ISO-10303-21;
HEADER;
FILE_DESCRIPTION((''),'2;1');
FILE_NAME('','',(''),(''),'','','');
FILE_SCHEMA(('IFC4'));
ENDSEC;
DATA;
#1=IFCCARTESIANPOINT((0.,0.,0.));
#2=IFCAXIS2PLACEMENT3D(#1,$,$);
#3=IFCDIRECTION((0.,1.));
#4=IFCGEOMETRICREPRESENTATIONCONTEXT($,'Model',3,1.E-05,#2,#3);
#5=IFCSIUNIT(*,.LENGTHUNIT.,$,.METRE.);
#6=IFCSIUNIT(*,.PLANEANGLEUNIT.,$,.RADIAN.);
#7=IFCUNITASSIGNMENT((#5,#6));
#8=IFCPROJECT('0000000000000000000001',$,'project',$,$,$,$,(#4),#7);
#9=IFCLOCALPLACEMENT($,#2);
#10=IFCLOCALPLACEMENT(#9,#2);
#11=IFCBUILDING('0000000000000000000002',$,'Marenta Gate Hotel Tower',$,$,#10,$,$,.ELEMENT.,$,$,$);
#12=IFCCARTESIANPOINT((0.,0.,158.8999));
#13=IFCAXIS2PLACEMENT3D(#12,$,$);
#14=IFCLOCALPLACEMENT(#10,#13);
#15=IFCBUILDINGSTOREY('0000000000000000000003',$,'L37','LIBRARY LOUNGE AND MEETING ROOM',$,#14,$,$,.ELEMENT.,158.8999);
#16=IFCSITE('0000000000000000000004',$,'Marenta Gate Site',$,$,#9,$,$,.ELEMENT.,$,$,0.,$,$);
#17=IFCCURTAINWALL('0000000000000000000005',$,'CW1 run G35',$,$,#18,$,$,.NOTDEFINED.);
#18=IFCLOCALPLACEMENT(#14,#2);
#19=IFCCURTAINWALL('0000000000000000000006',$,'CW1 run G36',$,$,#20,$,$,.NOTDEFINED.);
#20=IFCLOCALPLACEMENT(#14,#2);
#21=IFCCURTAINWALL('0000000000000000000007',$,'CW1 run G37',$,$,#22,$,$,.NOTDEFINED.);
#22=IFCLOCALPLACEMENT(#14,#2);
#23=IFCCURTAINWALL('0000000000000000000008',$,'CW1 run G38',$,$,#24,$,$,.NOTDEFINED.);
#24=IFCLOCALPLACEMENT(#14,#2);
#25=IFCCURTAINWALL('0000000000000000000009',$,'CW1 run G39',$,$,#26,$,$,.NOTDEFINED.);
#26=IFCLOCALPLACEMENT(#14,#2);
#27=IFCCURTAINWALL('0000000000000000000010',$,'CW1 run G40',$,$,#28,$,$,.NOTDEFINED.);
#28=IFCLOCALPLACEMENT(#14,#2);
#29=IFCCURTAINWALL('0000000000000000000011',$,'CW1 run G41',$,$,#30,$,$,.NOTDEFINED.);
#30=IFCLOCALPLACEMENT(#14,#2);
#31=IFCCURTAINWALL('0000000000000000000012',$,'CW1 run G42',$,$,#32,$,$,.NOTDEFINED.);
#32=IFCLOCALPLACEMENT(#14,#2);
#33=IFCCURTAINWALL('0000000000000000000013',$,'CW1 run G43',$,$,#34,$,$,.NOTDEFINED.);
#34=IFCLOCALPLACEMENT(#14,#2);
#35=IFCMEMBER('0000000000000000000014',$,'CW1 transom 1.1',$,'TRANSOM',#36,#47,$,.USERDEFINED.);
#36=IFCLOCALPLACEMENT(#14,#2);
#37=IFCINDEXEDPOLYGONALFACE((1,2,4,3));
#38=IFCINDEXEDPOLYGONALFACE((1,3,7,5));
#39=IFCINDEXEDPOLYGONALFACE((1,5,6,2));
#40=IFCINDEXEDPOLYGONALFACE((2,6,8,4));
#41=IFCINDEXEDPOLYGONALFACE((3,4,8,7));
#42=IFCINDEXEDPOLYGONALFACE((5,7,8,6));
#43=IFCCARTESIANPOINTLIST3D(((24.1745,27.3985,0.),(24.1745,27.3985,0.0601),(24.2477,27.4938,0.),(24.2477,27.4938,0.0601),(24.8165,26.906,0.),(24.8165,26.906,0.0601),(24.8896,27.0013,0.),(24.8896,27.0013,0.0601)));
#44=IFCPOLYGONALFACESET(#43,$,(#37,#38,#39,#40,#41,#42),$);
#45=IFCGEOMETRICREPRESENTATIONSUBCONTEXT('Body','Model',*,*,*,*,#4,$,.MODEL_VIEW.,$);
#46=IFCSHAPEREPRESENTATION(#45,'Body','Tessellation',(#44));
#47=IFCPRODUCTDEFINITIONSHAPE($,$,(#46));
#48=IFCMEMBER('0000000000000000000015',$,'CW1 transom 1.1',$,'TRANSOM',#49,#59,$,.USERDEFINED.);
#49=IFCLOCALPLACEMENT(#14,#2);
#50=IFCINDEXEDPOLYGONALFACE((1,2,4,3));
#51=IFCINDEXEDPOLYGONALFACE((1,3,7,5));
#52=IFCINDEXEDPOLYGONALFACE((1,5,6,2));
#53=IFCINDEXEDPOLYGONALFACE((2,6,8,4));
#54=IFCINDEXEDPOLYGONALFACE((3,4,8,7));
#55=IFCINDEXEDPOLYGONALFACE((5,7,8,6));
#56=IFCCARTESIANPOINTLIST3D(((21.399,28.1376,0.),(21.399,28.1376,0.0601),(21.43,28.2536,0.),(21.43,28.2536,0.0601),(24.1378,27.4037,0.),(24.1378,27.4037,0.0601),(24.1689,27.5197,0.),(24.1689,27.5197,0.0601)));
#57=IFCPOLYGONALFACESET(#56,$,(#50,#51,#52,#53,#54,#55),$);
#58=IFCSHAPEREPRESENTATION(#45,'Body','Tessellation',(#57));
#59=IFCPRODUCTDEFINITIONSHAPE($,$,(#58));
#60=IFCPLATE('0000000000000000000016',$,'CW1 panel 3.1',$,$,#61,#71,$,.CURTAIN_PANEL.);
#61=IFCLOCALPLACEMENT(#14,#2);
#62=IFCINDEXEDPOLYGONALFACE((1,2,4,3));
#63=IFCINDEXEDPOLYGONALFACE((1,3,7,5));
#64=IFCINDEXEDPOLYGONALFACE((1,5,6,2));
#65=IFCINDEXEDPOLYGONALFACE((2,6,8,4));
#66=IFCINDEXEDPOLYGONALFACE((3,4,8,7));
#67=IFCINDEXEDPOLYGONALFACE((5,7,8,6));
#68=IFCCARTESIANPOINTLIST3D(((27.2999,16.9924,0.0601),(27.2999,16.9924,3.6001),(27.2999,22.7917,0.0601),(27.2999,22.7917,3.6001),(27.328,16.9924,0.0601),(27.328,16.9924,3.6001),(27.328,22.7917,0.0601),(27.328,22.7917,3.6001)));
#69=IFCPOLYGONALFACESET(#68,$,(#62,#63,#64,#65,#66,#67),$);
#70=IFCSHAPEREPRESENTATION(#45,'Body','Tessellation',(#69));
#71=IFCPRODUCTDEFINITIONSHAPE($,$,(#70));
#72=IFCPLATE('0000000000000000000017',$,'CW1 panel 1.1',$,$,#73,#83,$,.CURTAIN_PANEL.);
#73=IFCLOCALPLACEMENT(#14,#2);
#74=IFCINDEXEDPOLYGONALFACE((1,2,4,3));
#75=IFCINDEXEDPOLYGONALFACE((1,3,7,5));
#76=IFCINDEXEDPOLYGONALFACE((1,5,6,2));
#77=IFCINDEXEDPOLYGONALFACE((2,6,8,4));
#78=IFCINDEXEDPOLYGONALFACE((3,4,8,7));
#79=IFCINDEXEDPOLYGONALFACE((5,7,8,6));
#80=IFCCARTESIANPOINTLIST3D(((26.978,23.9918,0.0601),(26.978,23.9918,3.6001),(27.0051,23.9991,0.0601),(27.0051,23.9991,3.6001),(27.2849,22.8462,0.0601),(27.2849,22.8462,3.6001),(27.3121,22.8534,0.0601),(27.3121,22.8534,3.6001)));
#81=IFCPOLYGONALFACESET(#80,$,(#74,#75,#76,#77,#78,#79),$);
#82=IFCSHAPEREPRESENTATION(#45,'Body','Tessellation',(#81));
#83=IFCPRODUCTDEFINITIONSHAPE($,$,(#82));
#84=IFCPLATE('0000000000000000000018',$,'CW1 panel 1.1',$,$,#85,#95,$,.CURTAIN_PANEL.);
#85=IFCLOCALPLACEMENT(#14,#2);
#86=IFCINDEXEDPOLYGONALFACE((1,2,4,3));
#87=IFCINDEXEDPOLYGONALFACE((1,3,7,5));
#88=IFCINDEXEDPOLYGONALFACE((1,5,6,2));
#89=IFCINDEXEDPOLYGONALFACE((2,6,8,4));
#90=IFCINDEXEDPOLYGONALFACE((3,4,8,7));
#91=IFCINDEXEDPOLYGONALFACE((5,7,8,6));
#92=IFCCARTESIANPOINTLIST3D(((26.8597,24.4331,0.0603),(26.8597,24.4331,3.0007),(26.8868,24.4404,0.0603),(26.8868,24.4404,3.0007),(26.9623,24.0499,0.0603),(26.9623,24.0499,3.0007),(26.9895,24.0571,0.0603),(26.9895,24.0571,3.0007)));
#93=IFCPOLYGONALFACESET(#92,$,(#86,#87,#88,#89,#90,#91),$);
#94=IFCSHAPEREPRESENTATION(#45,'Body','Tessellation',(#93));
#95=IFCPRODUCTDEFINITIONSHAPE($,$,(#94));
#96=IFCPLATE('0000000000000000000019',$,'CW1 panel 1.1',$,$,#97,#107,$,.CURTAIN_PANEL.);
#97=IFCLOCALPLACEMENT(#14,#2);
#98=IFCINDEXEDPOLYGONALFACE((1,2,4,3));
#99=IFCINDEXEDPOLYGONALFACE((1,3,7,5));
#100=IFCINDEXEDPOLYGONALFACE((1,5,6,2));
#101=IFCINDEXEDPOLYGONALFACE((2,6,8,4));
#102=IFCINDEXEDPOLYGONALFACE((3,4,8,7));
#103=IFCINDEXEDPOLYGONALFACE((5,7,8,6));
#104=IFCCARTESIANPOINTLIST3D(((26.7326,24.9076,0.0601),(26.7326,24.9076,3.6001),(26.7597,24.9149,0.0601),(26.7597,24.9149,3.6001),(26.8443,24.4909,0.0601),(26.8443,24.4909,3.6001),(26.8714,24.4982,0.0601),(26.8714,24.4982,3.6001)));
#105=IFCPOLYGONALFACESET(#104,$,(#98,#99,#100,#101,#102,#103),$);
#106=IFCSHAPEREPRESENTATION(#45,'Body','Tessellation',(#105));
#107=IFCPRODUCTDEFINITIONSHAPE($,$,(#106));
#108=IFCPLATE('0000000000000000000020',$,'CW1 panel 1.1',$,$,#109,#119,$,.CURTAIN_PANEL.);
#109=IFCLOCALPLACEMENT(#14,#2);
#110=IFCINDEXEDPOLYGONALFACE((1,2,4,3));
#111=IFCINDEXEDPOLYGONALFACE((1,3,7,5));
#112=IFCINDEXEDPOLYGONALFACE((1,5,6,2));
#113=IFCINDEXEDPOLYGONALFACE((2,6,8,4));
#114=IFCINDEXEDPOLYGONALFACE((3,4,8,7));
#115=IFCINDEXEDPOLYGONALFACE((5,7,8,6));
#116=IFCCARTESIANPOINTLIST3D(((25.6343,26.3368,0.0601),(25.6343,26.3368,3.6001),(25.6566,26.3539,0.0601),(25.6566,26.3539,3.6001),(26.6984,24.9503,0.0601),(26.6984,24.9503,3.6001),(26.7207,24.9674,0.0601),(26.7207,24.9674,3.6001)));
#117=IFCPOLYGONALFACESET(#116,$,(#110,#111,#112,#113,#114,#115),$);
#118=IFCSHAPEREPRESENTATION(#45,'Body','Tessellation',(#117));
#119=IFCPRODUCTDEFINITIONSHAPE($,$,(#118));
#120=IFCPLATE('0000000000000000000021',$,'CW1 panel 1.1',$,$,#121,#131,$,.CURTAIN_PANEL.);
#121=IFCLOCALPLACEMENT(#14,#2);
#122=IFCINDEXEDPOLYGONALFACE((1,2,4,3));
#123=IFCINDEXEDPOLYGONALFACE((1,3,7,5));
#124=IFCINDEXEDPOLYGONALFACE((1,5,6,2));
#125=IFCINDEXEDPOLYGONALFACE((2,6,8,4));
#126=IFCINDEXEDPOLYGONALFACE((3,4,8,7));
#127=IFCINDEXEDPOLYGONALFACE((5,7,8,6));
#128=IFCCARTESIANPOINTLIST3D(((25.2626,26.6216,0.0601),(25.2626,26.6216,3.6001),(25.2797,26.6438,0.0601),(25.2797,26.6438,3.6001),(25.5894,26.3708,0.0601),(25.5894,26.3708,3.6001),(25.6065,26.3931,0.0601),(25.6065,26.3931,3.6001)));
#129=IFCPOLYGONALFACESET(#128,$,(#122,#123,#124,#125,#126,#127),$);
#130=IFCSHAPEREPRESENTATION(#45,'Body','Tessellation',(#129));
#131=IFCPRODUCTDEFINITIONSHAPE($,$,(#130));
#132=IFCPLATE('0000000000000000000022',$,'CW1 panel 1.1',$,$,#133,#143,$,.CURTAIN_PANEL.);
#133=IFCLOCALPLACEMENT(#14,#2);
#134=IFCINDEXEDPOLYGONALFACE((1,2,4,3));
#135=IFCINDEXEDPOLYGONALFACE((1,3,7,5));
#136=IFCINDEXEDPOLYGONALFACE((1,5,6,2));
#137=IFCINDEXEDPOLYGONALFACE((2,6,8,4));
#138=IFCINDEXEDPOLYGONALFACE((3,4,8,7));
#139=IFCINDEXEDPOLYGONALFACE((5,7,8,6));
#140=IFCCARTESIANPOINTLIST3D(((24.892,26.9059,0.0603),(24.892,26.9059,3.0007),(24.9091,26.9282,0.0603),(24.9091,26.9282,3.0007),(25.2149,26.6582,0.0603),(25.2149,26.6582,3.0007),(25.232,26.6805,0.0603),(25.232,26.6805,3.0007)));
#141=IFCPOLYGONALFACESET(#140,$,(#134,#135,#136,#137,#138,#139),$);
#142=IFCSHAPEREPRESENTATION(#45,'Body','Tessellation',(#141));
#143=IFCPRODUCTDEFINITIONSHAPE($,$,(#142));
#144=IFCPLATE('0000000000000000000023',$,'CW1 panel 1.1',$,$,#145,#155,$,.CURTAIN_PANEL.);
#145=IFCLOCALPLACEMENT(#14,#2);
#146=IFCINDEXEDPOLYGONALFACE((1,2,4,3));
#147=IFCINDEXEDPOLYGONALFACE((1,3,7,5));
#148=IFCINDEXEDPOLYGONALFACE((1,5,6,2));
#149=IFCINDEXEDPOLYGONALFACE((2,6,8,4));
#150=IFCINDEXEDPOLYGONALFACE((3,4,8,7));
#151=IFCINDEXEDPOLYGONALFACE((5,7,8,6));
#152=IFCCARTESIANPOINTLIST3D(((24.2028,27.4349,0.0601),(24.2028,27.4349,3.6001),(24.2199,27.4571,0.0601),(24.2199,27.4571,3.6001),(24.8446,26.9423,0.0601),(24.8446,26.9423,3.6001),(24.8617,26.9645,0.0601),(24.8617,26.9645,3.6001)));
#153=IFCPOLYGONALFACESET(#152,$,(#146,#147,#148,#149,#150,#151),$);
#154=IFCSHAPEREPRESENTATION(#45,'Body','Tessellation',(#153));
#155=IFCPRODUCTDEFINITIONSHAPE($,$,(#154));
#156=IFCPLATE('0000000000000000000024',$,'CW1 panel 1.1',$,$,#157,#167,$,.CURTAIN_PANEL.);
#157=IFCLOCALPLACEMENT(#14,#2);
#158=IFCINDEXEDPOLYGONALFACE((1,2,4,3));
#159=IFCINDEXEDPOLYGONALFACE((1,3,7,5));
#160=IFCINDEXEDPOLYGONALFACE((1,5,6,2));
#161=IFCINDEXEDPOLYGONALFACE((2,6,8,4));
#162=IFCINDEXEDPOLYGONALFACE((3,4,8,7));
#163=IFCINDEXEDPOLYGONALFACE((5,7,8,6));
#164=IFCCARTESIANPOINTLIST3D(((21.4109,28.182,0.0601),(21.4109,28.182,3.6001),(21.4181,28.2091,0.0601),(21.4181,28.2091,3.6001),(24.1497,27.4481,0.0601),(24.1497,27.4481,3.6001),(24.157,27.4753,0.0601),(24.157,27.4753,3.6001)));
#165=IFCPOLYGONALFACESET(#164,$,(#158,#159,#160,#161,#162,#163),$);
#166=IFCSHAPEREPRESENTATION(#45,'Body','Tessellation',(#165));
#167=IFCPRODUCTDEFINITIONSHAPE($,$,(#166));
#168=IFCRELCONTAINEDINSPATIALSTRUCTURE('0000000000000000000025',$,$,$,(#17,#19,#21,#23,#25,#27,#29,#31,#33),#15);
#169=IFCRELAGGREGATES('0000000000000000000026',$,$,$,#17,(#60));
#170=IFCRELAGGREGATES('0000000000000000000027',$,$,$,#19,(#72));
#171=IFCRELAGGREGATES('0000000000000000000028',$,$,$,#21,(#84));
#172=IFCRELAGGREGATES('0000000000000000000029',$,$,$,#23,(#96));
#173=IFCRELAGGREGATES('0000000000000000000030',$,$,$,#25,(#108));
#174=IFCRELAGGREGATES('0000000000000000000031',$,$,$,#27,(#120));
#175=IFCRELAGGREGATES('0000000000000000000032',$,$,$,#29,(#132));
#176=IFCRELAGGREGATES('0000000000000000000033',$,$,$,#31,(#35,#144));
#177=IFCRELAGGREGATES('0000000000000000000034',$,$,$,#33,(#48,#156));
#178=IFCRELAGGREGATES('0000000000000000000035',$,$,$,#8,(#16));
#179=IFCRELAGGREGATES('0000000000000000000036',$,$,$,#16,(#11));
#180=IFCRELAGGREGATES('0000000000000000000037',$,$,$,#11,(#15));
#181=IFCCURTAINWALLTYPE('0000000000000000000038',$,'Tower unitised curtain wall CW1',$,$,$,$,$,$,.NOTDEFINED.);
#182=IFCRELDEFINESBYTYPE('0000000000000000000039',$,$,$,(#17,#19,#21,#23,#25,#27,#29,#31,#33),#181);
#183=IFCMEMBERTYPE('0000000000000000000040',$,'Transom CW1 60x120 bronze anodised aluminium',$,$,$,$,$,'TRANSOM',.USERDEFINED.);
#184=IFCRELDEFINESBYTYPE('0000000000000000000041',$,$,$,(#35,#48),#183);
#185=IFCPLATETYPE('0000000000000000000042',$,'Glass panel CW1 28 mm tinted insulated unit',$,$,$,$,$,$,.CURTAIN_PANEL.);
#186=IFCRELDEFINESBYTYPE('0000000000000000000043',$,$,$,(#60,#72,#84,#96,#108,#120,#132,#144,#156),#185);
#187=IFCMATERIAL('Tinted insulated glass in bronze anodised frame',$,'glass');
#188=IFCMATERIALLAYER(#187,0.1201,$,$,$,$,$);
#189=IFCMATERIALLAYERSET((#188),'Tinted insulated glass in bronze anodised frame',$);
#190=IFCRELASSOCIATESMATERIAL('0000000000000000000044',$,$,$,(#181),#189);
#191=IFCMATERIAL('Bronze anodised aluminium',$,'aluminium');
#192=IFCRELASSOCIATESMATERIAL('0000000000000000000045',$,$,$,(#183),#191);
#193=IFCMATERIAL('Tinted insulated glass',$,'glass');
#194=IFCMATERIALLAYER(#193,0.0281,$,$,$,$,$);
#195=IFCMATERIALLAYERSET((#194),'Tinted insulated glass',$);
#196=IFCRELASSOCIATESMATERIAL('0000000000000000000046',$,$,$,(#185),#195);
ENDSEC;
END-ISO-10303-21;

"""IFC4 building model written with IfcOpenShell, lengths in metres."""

from ifc_helpers import new_model, si_unit, direction, frame, origin, origin_2d, place, context, subcontext, project, spatial, rectangle, extrude, material, layer, layer_set, material_profile, profile_set, type_object, element, aggregate, save


model = new_model("IFC4")

# Units and contexts
model_context = context("Model", 3, precision=1e-05, world=origin(), true_north=direction((0.0, 1.0)))
body_context = subcontext(model_context, "Body", "Model", "MODEL_VIEW")
ifc_project = project(units=[si_unit("LENGTHUNIT", "METRE"), si_unit("PLANEANGLEUNIT", "RADIAN")], contexts=[model_context])

# Site, building, storey
site_placement = place(None, origin())
site = spatial("IfcSite", under=ifc_project, at=site_placement, Name="Marenta Gate Site", CompositionType="ELEMENT", RefElevation=0.0)
building_placement = place(site_placement, origin())
building = spatial("IfcBuilding", under=site, at=building_placement, Name="Marenta Gate Hotel Tower", CompositionType="ELEMENT")
storey_placement = place(building_placement, frame((0.0, 0.0, 158.8999)))
storey = spatial("IfcBuildingStorey", under=building, at=storey_placement, Name="L37", Description="LIBRARY LOUNGE AND MEETING ROOM", CompositionType="ELEMENT", Elevation=158.8999)

# Curtain walls
ifc_material_1 = material(Name="Tinted insulated glass in bronze anodised frame", Category="glass")
ifc_layer_1 = layer(ifc_material_1, 0.1201)
ifc_layer_set_1 = layer_set([ifc_layer_1], Name="Tinted insulated glass in bronze anodised frame")
curtain_wall_type = type_object("IfcCurtainWallType", Name="Tower unitised curtain wall CW1", PredefinedType="NOTDEFINED", material=ifc_layer_set_1)
curtain_wall_1_placement = place(storey_placement, origin())
curtain_wall_1 = element("IfcCurtainWall", 1, at=curtain_wall_1_placement, inside=storey, type_object=curtain_wall_type, Name="CW1 run G35", PredefinedType="NOTDEFINED")
curtain_wall_2_placement = place(storey_placement, origin())
curtain_wall_2 = element("IfcCurtainWall", 2, at=curtain_wall_2_placement, inside=storey, type_object=curtain_wall_type, Name="CW1 run G36", PredefinedType="NOTDEFINED")
curtain_wall_3_placement = place(storey_placement, origin())
curtain_wall_3 = element("IfcCurtainWall", 3, at=curtain_wall_3_placement, inside=storey, type_object=curtain_wall_type, Name="CW1 run G37", PredefinedType="NOTDEFINED")
curtain_wall_4_placement = place(storey_placement, origin())
curtain_wall_4 = element("IfcCurtainWall", 4, at=curtain_wall_4_placement, inside=storey, type_object=curtain_wall_type, Name="CW1 run G38", PredefinedType="NOTDEFINED")
curtain_wall_5_placement = place(storey_placement, origin())
curtain_wall_5 = element("IfcCurtainWall", 5, at=curtain_wall_5_placement, inside=storey, type_object=curtain_wall_type, Name="CW1 run G39", PredefinedType="NOTDEFINED")
curtain_wall_6_placement = place(storey_placement, origin())
curtain_wall_6 = element("IfcCurtainWall", 6, at=curtain_wall_6_placement, inside=storey, type_object=curtain_wall_type, Name="CW1 run G40", PredefinedType="NOTDEFINED")
curtain_wall_7_placement = place(storey_placement, origin())
curtain_wall_7 = element("IfcCurtainWall", 7, at=curtain_wall_7_placement, inside=storey, type_object=curtain_wall_type, Name="CW1 run G41", PredefinedType="NOTDEFINED")
curtain_wall_8_placement = place(storey_placement, origin())
curtain_wall_8 = element("IfcCurtainWall", 8, at=curtain_wall_8_placement, inside=storey, type_object=curtain_wall_type, Name="CW1 run G42", PredefinedType="NOTDEFINED")
curtain_wall_9_placement = place(storey_placement, origin())
curtain_wall_9 = element("IfcCurtainWall", 9, at=curtain_wall_9_placement, inside=storey, type_object=curtain_wall_type, Name="CW1 run G43", PredefinedType="NOTDEFINED")

# Members
ifc_material_2 = material(Name="Bronze anodised aluminium", Category="aluminium")
ifc_material_profile_1 = material_profile(ifc_material_2, rectangle(XDim=0.1201, YDim=0.0601, at=origin_2d()), Name="Transom CW1 60x120 bronze anodised aluminium")
ifc_profile_set_1 = profile_set([ifc_material_profile_1], Name="Bronze anodised aluminium")
member_type_1 = type_object("IfcMemberType", Name="Transom CW1 60x120 bronze anodised aluminium", ElementType="TRANSOM", PredefinedType="USERDEFINED", material=ifc_profile_set_1)
member_1_placement = place(storey_placement, frame((24.853, 26.9536, 0.03), z_axis=(-0.793397, 0.608704, 0.0), x_axis=(-0.608704, -0.793397, 0.0)))
member_1 = element("IfcMember", 10, at=member_1_placement, type_object=member_type_1, Name="CW1 transom 1.1", ObjectType="TRANSOM", PredefinedType="USERDEFINED", context=body_context, shape_type="SweptSolid", body=[
    extrude(rectangle(XDim=0.1201, YDim=0.0601, at=origin_2d()), origin(), (0.0, 0.0, 1.0), 0.8091),
])
member_2_placement = place(storey_placement, frame((24.1533, 27.4617, 0.03), z_axis=(-0.965923, 0.258831, 0.0), x_axis=(-0.258831, -0.965923, 0.0)))
member_2 = element("IfcMember", 11, at=member_2_placement, type_object=member_type_1, Name="CW1 transom 1.1", ObjectType="TRANSOM", PredefinedType="USERDEFINED", context=body_context, shape_type="SweptSolid", body=[
    extrude(rectangle(XDim=0.1201, YDim=0.0601, at=origin_2d()), origin(), (0.0, 0.0, 1.0), 2.8354),
])

# Plates
ifc_material_3 = material(Name="Tinted insulated glass", Category="glass")
ifc_layer_2 = layer(ifc_material_3, 0.0281)
ifc_layer_set_2 = layer_set([ifc_layer_2], Name="Tinted insulated glass")
plate_type = type_object("IfcPlateType", Name="Glass panel CW1 28 mm tinted insulated unit", PredefinedType="CURTAIN_PANEL", material=ifc_layer_set_2)
plate_1_placement = place(storey_placement, frame((27.314, 19.8921, 0.0601), z_axis=(0.0, 0.0, 1.0), x_axis=(0.0, 1.0, 0.0)))
plate_1 = element("IfcPlate", 12, at=plate_1_placement, type_object=plate_type, Name="CW1 panel 3.1", PredefinedType="CURTAIN_PANEL", context=body_context, shape_type="SweptSolid", body=[
    extrude(rectangle(XDim=5.7993, YDim=0.0281, at=origin_2d()), origin(), (0.0, 0.0, 1.0), 3.54),
])
aggregate(curtain_wall_1, [plate_1])
plate_2_placement = place(storey_placement, frame((27.145, 23.4226, 0.0601), z_axis=(0.0, 0.0, 1.0), x_axis=(-0.258816, 0.965927, 0.0)))
plate_2 = element("IfcPlate", 13, at=plate_2_placement, type_object=plate_type, Name="CW1 panel 1.1", PredefinedType="CURTAIN_PANEL", context=body_context, shape_type="SweptSolid", body=[
    extrude(rectangle(XDim=1.186, YDim=0.0281, at=origin_2d()), origin(), (0.0, 0.0, 1.0), 3.54),
])
aggregate(curtain_wall_2, [plate_2])
plate_3_placement = place(storey_placement, frame((26.9246, 24.2451, 0.0603), z_axis=(0.0, 0.0, 1.0), x_axis=(-0.258835, 0.965922, 0.0)))
plate_3 = element("IfcPlate", 14, at=plate_3_placement, type_object=plate_type, Name="CW1 panel 1.1", PredefinedType="CURTAIN_PANEL", context=body_context, shape_type="SweptSolid", body=[
    extrude(rectangle(XDim=0.3967, YDim=0.0281, at=origin_2d()), origin(), (0.0, 0.0, 1.0), 2.9404),
])
aggregate(curtain_wall_3, [plate_3])
plate_4_placement = place(storey_placement, frame((26.802, 24.7029, 0.0601), z_axis=(0.0, 0.0, 1.0), x_axis=(-0.258828, 0.965924, 0.0)))
plate_4 = element("IfcPlate", 15, at=plate_4_placement, type_object=plate_type, Name="CW1 panel 1.1", PredefinedType="CURTAIN_PANEL", context=body_context, shape_type="SweptSolid", body=[
    extrude(rectangle(XDim=0.4314, YDim=0.0281, at=origin_2d()), origin(), (0.0, 0.0, 1.0), 3.54),
])
aggregate(curtain_wall_4, [plate_4])
plate_5_placement = place(storey_placement, frame((26.1775, 25.6521, 0.0601), z_axis=(0.0, 0.0, 1.0), x_axis=(-0.608796, 0.793327, 0.0)))
plate_5 = element("IfcPlate", 16, at=plate_5_placement, type_object=plate_type, Name="CW1 panel 1.1", PredefinedType="CURTAIN_PANEL", context=body_context, shape_type="SweptSolid", body=[
    extrude(rectangle(XDim=1.7478, YDim=0.0281, at=origin_2d()), origin(), (0.0, 0.0, 1.0), 3.54),
])
aggregate(curtain_wall_5, [plate_5])
plate_6_placement = place(storey_placement, frame((25.4346, 26.5073, 0.0601), z_axis=(0.0, 0.0, 1.0), x_axis=(-0.79334, 0.608778, 0.0)))
plate_6 = element("IfcPlate", 17, at=plate_6_placement, type_object=plate_type, Name="CW1 panel 1.1", PredefinedType="CURTAIN_PANEL", context=body_context, shape_type="SweptSolid", body=[
    extrude(rectangle(XDim=0.4119, YDim=0.0281, at=origin_2d()), origin(), (0.0, 0.0, 1.0), 3.54),
])
aggregate(curtain_wall_6, [plate_6])
plate_7_placement = place(storey_placement, frame((25.062, 26.7932, 0.0603), z_axis=(0.0, 0.0, 1.0), x_axis=(-0.793372, 0.608737, 0.0)))
plate_7 = element("IfcPlate", 18, at=plate_7_placement, type_object=plate_type, Name="CW1 panel 1.1", PredefinedType="CURTAIN_PANEL", context=body_context, shape_type="SweptSolid", body=[
    extrude(rectangle(XDim=0.407, YDim=0.0281, at=origin_2d()), origin(), (0.0, 0.0, 1.0), 2.9404),
])
aggregate(curtain_wall_7, [plate_7])
plate_8_placement = place(storey_placement, frame((24.5322, 27.1997, 0.0601), z_axis=(0.0, 0.0, 1.0), x_axis=(-0.793295, 0.608837, 0.0)))
plate_8 = element("IfcPlate", 19, at=plate_8_placement, type_object=plate_type, Name="CW1 panel 1.1", PredefinedType="CURTAIN_PANEL", context=body_context, shape_type="SweptSolid", body=[
    extrude(rectangle(XDim=0.8091, YDim=0.0281, at=origin_2d()), origin(), (0.0, 0.0, 1.0), 3.54),
])
aggregate(curtain_wall_8, [member_1, plate_8])
plate_9_placement = place(storey_placement, frame((22.7839, 27.8286, 0.0601), z_axis=(0.0, 0.0, 1.0), x_axis=(-0.965929, 0.258806, 0.0)))
plate_9 = element("IfcPlate", 20, at=plate_9_placement, type_object=plate_type, Name="CW1 panel 1.1", PredefinedType="CURTAIN_PANEL", context=body_context, shape_type="SweptSolid", body=[
    extrude(rectangle(XDim=2.8354, YDim=0.0281, at=origin_2d()), origin(), (0.0, 0.0, 1.0), 3.54),
])
aggregate(curtain_wall_9, [member_2, plate_9])

save(model, "model.ifc")
